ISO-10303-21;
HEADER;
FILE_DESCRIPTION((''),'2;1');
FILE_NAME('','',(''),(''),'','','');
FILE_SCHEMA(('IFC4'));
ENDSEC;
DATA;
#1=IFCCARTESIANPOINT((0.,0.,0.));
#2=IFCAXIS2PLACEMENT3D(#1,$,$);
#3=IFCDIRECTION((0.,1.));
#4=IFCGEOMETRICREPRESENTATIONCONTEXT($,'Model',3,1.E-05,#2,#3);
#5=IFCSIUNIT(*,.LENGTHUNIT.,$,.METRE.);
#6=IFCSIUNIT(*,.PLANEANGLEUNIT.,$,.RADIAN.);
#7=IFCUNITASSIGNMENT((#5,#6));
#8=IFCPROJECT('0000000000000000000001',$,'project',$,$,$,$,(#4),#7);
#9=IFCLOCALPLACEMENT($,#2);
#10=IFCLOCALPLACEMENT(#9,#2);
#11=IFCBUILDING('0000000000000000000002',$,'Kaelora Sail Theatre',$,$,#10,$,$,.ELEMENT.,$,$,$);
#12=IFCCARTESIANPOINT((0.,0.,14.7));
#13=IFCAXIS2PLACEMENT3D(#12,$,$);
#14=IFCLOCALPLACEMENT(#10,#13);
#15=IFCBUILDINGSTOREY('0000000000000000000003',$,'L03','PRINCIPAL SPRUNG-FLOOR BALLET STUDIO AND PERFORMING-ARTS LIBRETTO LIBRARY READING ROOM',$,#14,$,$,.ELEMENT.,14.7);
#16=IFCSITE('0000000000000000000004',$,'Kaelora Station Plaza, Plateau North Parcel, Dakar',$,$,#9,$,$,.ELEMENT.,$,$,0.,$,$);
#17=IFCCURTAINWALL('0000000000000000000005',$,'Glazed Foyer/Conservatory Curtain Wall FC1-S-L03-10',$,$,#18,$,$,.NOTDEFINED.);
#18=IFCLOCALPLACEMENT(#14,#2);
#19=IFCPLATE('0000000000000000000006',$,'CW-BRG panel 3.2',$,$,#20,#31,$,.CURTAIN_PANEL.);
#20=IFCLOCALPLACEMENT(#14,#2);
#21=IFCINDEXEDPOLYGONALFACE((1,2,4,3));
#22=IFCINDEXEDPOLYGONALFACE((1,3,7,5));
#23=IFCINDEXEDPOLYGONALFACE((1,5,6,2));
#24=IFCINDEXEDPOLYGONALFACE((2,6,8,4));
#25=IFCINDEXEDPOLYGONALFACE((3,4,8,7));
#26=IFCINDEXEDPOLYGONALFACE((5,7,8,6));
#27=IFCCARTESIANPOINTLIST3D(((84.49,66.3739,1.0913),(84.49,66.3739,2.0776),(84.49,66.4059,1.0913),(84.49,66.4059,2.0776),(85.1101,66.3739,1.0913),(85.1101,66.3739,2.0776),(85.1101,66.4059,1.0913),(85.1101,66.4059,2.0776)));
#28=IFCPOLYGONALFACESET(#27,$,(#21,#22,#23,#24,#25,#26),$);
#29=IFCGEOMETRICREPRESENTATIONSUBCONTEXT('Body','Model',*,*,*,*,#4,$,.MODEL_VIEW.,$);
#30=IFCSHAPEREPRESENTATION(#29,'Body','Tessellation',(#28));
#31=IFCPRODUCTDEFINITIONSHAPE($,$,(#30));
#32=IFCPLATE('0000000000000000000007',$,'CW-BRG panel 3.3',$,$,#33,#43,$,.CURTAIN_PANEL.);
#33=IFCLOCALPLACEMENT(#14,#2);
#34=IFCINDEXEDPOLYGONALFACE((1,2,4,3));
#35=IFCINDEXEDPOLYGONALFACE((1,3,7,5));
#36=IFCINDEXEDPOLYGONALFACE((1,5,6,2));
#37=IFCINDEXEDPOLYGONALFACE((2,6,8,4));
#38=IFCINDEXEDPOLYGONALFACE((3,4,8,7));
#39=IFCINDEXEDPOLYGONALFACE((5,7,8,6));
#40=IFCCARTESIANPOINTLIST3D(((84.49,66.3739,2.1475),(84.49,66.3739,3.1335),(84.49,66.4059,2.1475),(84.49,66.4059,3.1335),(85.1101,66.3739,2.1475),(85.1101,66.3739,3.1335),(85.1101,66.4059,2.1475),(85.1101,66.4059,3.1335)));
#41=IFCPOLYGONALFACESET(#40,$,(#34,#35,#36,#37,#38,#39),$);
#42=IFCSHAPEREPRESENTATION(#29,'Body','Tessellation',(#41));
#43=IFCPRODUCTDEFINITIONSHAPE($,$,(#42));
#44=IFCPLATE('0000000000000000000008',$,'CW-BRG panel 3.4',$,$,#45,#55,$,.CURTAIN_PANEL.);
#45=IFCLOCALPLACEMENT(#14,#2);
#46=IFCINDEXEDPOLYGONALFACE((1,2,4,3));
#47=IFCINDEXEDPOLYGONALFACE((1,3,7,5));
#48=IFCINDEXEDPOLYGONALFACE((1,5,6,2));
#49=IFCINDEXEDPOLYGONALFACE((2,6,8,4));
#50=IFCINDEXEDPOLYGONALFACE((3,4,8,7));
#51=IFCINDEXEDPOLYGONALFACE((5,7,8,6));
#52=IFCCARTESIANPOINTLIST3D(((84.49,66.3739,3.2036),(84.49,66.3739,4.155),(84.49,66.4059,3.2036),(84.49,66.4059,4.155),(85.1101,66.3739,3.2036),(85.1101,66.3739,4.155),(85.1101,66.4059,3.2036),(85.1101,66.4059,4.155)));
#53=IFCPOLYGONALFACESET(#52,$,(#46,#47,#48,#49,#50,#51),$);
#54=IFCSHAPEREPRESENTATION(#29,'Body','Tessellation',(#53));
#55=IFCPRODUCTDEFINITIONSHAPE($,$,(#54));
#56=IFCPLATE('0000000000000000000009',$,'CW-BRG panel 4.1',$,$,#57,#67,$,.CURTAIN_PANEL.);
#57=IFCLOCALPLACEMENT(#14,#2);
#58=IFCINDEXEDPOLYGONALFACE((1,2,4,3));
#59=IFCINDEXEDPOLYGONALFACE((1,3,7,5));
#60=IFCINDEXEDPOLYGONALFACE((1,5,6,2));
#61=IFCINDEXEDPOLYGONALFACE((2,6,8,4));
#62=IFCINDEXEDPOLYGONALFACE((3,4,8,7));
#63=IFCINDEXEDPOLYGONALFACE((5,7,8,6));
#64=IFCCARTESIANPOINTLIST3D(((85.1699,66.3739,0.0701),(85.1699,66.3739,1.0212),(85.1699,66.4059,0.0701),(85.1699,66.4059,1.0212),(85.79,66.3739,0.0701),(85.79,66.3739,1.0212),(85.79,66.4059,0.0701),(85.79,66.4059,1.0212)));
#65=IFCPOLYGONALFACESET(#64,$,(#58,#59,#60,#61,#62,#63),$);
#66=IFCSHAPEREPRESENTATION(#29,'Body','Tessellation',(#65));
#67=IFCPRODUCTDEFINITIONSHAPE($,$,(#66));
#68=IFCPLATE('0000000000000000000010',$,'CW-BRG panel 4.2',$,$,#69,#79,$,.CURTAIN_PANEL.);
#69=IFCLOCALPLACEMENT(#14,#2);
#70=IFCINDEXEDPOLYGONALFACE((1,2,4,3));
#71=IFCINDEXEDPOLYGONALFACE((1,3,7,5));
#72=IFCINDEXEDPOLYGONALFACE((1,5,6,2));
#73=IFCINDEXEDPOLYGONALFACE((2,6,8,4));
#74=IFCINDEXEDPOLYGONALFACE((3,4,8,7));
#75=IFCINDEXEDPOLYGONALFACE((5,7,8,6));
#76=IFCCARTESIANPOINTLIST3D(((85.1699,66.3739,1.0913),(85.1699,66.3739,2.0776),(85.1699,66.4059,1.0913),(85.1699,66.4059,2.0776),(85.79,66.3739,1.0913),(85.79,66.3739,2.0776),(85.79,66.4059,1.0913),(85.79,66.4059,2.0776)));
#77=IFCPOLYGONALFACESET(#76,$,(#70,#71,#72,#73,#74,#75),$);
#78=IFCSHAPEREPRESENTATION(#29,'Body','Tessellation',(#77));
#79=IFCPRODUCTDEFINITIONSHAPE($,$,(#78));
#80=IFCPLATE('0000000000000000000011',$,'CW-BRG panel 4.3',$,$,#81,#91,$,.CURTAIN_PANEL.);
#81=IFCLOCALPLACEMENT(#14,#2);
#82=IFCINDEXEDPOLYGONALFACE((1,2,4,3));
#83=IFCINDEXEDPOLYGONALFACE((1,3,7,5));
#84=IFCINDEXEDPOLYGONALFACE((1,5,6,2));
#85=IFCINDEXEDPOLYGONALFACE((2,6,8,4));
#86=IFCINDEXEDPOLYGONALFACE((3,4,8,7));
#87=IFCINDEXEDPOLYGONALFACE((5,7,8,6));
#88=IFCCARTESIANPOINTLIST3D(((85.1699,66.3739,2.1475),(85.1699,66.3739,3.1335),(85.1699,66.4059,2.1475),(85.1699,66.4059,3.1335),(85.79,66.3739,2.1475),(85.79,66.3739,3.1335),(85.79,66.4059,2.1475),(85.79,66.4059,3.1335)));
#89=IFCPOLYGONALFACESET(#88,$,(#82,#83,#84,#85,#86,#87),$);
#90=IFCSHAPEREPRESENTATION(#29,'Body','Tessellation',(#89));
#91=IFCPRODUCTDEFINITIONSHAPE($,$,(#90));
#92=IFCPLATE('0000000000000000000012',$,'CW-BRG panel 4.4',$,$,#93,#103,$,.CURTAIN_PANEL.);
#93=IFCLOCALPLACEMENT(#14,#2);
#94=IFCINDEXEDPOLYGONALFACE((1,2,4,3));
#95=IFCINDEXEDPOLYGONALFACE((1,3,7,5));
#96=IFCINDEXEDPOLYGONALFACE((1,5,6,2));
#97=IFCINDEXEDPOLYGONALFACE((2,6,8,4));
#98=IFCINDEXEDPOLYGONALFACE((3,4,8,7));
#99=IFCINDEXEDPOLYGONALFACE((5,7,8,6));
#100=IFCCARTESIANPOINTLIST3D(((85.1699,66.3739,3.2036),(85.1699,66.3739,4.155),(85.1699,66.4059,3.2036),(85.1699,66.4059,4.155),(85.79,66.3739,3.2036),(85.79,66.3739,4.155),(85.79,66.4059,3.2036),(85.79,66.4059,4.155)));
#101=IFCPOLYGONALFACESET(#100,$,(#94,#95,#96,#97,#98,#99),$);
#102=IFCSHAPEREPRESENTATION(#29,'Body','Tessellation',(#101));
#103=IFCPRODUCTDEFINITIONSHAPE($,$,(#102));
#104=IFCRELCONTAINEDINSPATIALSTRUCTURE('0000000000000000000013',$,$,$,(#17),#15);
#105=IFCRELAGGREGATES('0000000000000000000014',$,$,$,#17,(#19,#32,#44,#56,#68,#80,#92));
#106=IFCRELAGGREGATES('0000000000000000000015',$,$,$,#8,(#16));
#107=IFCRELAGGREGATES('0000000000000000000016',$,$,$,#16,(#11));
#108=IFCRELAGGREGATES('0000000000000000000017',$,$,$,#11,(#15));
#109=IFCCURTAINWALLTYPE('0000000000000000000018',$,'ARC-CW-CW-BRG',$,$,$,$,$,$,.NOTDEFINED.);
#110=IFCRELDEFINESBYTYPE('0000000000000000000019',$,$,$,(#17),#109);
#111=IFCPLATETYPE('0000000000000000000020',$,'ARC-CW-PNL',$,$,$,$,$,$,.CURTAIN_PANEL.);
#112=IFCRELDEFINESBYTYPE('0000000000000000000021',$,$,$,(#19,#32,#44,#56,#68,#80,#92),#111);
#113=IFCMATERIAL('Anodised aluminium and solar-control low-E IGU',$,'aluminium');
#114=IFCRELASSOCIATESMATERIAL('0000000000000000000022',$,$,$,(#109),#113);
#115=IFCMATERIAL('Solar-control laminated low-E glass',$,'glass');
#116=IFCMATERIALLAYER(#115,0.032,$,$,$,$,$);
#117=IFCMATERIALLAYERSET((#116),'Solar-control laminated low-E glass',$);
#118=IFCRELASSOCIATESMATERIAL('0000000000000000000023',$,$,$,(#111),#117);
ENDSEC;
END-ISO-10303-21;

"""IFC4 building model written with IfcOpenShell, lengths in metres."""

from ifc_helpers import new_model, si_unit, direction, frame, origin, origin_2d, place, context, subcontext, project, spatial, rectangle, extrude, material, layer, layer_set, type_object, element, aggregate, save


model = new_model("IFC4")

# Units and contexts
model_context = context("Model", 3, precision=1e-05, world=origin(), true_north=direction((0.0, 1.0)))
body_context = subcontext(model_context, "Body", "Model", "MODEL_VIEW")
ifc_project = project(units=[si_unit("LENGTHUNIT", "METRE"), si_unit("PLANEANGLEUNIT", "RADIAN")], contexts=[model_context])

# Site, building, storey
site_placement = place(None, origin())
site = spatial("IfcSite", under=ifc_project, at=site_placement, Name="Kaelora Station Plaza, Plateau North Parcel, Dakar", CompositionType="ELEMENT", RefElevation=0.0)
building_placement = place(site_placement, origin())
building = spatial("IfcBuilding", under=site, at=building_placement, Name="Kaelora Sail Theatre", CompositionType="ELEMENT")
storey_placement = place(building_placement, frame((0.0, 0.0, 14.7)))
storey = spatial("IfcBuildingStorey", under=building, at=storey_placement, Name="L03", Description="PRINCIPAL SPRUNG-FLOOR BALLET STUDIO AND PERFORMING-ARTS LIBRETTO LIBRARY READING ROOM", CompositionType="ELEMENT", Elevation=14.7)

# Curtain wall, plates
ifc_material_1 = material(Name="Anodised aluminium and solar-control low-E IGU", Category="aluminium")
curtain_wall_type = type_object("IfcCurtainWallType", Name="ARC-CW-CW-BRG", PredefinedType="NOTDEFINED", material=ifc_material_1)
curtain_wall_placement = place(storey_placement, origin())
curtain_wall = element("IfcCurtainWall", 1, at=curtain_wall_placement, inside=storey, type_object=curtain_wall_type, Name="Glazed Foyer/Conservatory Curtain Wall FC1-S-L03-10", PredefinedType="NOTDEFINED")
ifc_material_2 = material(Name="Solar-control laminated low-E glass", Category="glass")
ifc_layer = layer(ifc_material_2, 0.032)
ifc_layer_set = layer_set([ifc_layer], Name="Solar-control laminated low-E glass")
plate_type = type_object("IfcPlateType", Name="ARC-CW-PNL", PredefinedType="CURTAIN_PANEL", material=ifc_layer_set)
plate_1_placement = place(storey_placement, frame((84.8, 66.3899, 1.0913), z_axis=(0.0, 0.0, 1.0), x_axis=(1.0, 0.0, 0.0)))
plate_1 = element("IfcPlate", 2, at=plate_1_placement, type_object=plate_type, Name="CW-BRG panel 3.2", PredefinedType="CURTAIN_PANEL", context=body_context, shape_type="SweptSolid", body=[
    extrude(rectangle(XDim=0.6201, YDim=0.032, at=origin_2d()), origin(), (0.0, 0.0, 1.0), 0.9863),
])
plate_2_placement = place(storey_placement, frame((84.8, 66.3899, 2.1475), z_axis=(0.0, 0.0, 1.0), x_axis=(1.0, 0.0, 0.0)))
plate_2 = element("IfcPlate", 3, at=plate_2_placement, type_object=plate_type, Name="CW-BRG panel 3.3", PredefinedType="CURTAIN_PANEL", context=body_context, shape_type="SweptSolid", body=[
    extrude(rectangle(XDim=0.6201, YDim=0.032, at=origin_2d()), origin(), (0.0, 0.0, 1.0), 0.9861),
])
plate_3_placement = place(storey_placement, frame((84.8, 66.3899, 3.2036), z_axis=(0.0, 0.0, 1.0), x_axis=(1.0, 0.0, 0.0)))
plate_3 = element("IfcPlate", 4, at=plate_3_placement, type_object=plate_type, Name="CW-BRG panel 3.4", PredefinedType="CURTAIN_PANEL", context=body_context, shape_type="SweptSolid", body=[
    extrude(rectangle(XDim=0.6201, YDim=0.032, at=origin_2d()), origin(), (0.0, 0.0, 1.0), 0.9514),
])
plate_4_placement = place(storey_placement, frame((85.48, 66.3899, 0.0701), z_axis=(0.0, 0.0, 1.0), x_axis=(1.0, 0.0, 0.0)))
plate_4 = element("IfcPlate", 5, at=plate_4_placement, type_object=plate_type, Name="CW-BRG panel 4.1", PredefinedType="CURTAIN_PANEL", context=body_context, shape_type="SweptSolid", body=[
    extrude(rectangle(XDim=0.6201, YDim=0.032, at=origin_2d()), origin(), (0.0, 0.0, 1.0), 0.9512),
])
plate_5_placement = place(storey_placement, frame((85.48, 66.3899, 1.0913), z_axis=(0.0, 0.0, 1.0), x_axis=(1.0, 0.0, 0.0)))
plate_5 = element("IfcPlate", 6, at=plate_5_placement, type_object=plate_type, Name="CW-BRG panel 4.2", PredefinedType="CURTAIN_PANEL", context=body_context, shape_type="SweptSolid", body=[
    extrude(rectangle(XDim=0.6201, YDim=0.032, at=origin_2d()), origin(), (0.0, 0.0, 1.0), 0.9863),
])
plate_6_placement = place(storey_placement, frame((85.48, 66.3899, 2.1475), z_axis=(0.0, 0.0, 1.0), x_axis=(1.0, 0.0, 0.0)))
plate_6 = element("IfcPlate", 7, at=plate_6_placement, type_object=plate_type, Name="CW-BRG panel 4.3", PredefinedType="CURTAIN_PANEL", context=body_context, shape_type="SweptSolid", body=[
    extrude(rectangle(XDim=0.6201, YDim=0.032, at=origin_2d()), origin(), (0.0, 0.0, 1.0), 0.9861),
])
plate_7_placement = place(storey_placement, frame((85.48, 66.3899, 3.2036), z_axis=(0.0, 0.0, 1.0), x_axis=(1.0, 0.0, 0.0)))
plate_7 = element("IfcPlate", 8, at=plate_7_placement, type_object=plate_type, Name="CW-BRG panel 4.4", PredefinedType="CURTAIN_PANEL", context=body_context, shape_type="SweptSolid", body=[
    extrude(rectangle(XDim=0.6201, YDim=0.032, at=origin_2d()), origin(), (0.0, 0.0, 1.0), 0.9514),
])
aggregate(curtain_wall, [plate_1, plate_2, plate_3, plate_4, plate_5, plate_6, plate_7])

save(model, "model.ifc")
